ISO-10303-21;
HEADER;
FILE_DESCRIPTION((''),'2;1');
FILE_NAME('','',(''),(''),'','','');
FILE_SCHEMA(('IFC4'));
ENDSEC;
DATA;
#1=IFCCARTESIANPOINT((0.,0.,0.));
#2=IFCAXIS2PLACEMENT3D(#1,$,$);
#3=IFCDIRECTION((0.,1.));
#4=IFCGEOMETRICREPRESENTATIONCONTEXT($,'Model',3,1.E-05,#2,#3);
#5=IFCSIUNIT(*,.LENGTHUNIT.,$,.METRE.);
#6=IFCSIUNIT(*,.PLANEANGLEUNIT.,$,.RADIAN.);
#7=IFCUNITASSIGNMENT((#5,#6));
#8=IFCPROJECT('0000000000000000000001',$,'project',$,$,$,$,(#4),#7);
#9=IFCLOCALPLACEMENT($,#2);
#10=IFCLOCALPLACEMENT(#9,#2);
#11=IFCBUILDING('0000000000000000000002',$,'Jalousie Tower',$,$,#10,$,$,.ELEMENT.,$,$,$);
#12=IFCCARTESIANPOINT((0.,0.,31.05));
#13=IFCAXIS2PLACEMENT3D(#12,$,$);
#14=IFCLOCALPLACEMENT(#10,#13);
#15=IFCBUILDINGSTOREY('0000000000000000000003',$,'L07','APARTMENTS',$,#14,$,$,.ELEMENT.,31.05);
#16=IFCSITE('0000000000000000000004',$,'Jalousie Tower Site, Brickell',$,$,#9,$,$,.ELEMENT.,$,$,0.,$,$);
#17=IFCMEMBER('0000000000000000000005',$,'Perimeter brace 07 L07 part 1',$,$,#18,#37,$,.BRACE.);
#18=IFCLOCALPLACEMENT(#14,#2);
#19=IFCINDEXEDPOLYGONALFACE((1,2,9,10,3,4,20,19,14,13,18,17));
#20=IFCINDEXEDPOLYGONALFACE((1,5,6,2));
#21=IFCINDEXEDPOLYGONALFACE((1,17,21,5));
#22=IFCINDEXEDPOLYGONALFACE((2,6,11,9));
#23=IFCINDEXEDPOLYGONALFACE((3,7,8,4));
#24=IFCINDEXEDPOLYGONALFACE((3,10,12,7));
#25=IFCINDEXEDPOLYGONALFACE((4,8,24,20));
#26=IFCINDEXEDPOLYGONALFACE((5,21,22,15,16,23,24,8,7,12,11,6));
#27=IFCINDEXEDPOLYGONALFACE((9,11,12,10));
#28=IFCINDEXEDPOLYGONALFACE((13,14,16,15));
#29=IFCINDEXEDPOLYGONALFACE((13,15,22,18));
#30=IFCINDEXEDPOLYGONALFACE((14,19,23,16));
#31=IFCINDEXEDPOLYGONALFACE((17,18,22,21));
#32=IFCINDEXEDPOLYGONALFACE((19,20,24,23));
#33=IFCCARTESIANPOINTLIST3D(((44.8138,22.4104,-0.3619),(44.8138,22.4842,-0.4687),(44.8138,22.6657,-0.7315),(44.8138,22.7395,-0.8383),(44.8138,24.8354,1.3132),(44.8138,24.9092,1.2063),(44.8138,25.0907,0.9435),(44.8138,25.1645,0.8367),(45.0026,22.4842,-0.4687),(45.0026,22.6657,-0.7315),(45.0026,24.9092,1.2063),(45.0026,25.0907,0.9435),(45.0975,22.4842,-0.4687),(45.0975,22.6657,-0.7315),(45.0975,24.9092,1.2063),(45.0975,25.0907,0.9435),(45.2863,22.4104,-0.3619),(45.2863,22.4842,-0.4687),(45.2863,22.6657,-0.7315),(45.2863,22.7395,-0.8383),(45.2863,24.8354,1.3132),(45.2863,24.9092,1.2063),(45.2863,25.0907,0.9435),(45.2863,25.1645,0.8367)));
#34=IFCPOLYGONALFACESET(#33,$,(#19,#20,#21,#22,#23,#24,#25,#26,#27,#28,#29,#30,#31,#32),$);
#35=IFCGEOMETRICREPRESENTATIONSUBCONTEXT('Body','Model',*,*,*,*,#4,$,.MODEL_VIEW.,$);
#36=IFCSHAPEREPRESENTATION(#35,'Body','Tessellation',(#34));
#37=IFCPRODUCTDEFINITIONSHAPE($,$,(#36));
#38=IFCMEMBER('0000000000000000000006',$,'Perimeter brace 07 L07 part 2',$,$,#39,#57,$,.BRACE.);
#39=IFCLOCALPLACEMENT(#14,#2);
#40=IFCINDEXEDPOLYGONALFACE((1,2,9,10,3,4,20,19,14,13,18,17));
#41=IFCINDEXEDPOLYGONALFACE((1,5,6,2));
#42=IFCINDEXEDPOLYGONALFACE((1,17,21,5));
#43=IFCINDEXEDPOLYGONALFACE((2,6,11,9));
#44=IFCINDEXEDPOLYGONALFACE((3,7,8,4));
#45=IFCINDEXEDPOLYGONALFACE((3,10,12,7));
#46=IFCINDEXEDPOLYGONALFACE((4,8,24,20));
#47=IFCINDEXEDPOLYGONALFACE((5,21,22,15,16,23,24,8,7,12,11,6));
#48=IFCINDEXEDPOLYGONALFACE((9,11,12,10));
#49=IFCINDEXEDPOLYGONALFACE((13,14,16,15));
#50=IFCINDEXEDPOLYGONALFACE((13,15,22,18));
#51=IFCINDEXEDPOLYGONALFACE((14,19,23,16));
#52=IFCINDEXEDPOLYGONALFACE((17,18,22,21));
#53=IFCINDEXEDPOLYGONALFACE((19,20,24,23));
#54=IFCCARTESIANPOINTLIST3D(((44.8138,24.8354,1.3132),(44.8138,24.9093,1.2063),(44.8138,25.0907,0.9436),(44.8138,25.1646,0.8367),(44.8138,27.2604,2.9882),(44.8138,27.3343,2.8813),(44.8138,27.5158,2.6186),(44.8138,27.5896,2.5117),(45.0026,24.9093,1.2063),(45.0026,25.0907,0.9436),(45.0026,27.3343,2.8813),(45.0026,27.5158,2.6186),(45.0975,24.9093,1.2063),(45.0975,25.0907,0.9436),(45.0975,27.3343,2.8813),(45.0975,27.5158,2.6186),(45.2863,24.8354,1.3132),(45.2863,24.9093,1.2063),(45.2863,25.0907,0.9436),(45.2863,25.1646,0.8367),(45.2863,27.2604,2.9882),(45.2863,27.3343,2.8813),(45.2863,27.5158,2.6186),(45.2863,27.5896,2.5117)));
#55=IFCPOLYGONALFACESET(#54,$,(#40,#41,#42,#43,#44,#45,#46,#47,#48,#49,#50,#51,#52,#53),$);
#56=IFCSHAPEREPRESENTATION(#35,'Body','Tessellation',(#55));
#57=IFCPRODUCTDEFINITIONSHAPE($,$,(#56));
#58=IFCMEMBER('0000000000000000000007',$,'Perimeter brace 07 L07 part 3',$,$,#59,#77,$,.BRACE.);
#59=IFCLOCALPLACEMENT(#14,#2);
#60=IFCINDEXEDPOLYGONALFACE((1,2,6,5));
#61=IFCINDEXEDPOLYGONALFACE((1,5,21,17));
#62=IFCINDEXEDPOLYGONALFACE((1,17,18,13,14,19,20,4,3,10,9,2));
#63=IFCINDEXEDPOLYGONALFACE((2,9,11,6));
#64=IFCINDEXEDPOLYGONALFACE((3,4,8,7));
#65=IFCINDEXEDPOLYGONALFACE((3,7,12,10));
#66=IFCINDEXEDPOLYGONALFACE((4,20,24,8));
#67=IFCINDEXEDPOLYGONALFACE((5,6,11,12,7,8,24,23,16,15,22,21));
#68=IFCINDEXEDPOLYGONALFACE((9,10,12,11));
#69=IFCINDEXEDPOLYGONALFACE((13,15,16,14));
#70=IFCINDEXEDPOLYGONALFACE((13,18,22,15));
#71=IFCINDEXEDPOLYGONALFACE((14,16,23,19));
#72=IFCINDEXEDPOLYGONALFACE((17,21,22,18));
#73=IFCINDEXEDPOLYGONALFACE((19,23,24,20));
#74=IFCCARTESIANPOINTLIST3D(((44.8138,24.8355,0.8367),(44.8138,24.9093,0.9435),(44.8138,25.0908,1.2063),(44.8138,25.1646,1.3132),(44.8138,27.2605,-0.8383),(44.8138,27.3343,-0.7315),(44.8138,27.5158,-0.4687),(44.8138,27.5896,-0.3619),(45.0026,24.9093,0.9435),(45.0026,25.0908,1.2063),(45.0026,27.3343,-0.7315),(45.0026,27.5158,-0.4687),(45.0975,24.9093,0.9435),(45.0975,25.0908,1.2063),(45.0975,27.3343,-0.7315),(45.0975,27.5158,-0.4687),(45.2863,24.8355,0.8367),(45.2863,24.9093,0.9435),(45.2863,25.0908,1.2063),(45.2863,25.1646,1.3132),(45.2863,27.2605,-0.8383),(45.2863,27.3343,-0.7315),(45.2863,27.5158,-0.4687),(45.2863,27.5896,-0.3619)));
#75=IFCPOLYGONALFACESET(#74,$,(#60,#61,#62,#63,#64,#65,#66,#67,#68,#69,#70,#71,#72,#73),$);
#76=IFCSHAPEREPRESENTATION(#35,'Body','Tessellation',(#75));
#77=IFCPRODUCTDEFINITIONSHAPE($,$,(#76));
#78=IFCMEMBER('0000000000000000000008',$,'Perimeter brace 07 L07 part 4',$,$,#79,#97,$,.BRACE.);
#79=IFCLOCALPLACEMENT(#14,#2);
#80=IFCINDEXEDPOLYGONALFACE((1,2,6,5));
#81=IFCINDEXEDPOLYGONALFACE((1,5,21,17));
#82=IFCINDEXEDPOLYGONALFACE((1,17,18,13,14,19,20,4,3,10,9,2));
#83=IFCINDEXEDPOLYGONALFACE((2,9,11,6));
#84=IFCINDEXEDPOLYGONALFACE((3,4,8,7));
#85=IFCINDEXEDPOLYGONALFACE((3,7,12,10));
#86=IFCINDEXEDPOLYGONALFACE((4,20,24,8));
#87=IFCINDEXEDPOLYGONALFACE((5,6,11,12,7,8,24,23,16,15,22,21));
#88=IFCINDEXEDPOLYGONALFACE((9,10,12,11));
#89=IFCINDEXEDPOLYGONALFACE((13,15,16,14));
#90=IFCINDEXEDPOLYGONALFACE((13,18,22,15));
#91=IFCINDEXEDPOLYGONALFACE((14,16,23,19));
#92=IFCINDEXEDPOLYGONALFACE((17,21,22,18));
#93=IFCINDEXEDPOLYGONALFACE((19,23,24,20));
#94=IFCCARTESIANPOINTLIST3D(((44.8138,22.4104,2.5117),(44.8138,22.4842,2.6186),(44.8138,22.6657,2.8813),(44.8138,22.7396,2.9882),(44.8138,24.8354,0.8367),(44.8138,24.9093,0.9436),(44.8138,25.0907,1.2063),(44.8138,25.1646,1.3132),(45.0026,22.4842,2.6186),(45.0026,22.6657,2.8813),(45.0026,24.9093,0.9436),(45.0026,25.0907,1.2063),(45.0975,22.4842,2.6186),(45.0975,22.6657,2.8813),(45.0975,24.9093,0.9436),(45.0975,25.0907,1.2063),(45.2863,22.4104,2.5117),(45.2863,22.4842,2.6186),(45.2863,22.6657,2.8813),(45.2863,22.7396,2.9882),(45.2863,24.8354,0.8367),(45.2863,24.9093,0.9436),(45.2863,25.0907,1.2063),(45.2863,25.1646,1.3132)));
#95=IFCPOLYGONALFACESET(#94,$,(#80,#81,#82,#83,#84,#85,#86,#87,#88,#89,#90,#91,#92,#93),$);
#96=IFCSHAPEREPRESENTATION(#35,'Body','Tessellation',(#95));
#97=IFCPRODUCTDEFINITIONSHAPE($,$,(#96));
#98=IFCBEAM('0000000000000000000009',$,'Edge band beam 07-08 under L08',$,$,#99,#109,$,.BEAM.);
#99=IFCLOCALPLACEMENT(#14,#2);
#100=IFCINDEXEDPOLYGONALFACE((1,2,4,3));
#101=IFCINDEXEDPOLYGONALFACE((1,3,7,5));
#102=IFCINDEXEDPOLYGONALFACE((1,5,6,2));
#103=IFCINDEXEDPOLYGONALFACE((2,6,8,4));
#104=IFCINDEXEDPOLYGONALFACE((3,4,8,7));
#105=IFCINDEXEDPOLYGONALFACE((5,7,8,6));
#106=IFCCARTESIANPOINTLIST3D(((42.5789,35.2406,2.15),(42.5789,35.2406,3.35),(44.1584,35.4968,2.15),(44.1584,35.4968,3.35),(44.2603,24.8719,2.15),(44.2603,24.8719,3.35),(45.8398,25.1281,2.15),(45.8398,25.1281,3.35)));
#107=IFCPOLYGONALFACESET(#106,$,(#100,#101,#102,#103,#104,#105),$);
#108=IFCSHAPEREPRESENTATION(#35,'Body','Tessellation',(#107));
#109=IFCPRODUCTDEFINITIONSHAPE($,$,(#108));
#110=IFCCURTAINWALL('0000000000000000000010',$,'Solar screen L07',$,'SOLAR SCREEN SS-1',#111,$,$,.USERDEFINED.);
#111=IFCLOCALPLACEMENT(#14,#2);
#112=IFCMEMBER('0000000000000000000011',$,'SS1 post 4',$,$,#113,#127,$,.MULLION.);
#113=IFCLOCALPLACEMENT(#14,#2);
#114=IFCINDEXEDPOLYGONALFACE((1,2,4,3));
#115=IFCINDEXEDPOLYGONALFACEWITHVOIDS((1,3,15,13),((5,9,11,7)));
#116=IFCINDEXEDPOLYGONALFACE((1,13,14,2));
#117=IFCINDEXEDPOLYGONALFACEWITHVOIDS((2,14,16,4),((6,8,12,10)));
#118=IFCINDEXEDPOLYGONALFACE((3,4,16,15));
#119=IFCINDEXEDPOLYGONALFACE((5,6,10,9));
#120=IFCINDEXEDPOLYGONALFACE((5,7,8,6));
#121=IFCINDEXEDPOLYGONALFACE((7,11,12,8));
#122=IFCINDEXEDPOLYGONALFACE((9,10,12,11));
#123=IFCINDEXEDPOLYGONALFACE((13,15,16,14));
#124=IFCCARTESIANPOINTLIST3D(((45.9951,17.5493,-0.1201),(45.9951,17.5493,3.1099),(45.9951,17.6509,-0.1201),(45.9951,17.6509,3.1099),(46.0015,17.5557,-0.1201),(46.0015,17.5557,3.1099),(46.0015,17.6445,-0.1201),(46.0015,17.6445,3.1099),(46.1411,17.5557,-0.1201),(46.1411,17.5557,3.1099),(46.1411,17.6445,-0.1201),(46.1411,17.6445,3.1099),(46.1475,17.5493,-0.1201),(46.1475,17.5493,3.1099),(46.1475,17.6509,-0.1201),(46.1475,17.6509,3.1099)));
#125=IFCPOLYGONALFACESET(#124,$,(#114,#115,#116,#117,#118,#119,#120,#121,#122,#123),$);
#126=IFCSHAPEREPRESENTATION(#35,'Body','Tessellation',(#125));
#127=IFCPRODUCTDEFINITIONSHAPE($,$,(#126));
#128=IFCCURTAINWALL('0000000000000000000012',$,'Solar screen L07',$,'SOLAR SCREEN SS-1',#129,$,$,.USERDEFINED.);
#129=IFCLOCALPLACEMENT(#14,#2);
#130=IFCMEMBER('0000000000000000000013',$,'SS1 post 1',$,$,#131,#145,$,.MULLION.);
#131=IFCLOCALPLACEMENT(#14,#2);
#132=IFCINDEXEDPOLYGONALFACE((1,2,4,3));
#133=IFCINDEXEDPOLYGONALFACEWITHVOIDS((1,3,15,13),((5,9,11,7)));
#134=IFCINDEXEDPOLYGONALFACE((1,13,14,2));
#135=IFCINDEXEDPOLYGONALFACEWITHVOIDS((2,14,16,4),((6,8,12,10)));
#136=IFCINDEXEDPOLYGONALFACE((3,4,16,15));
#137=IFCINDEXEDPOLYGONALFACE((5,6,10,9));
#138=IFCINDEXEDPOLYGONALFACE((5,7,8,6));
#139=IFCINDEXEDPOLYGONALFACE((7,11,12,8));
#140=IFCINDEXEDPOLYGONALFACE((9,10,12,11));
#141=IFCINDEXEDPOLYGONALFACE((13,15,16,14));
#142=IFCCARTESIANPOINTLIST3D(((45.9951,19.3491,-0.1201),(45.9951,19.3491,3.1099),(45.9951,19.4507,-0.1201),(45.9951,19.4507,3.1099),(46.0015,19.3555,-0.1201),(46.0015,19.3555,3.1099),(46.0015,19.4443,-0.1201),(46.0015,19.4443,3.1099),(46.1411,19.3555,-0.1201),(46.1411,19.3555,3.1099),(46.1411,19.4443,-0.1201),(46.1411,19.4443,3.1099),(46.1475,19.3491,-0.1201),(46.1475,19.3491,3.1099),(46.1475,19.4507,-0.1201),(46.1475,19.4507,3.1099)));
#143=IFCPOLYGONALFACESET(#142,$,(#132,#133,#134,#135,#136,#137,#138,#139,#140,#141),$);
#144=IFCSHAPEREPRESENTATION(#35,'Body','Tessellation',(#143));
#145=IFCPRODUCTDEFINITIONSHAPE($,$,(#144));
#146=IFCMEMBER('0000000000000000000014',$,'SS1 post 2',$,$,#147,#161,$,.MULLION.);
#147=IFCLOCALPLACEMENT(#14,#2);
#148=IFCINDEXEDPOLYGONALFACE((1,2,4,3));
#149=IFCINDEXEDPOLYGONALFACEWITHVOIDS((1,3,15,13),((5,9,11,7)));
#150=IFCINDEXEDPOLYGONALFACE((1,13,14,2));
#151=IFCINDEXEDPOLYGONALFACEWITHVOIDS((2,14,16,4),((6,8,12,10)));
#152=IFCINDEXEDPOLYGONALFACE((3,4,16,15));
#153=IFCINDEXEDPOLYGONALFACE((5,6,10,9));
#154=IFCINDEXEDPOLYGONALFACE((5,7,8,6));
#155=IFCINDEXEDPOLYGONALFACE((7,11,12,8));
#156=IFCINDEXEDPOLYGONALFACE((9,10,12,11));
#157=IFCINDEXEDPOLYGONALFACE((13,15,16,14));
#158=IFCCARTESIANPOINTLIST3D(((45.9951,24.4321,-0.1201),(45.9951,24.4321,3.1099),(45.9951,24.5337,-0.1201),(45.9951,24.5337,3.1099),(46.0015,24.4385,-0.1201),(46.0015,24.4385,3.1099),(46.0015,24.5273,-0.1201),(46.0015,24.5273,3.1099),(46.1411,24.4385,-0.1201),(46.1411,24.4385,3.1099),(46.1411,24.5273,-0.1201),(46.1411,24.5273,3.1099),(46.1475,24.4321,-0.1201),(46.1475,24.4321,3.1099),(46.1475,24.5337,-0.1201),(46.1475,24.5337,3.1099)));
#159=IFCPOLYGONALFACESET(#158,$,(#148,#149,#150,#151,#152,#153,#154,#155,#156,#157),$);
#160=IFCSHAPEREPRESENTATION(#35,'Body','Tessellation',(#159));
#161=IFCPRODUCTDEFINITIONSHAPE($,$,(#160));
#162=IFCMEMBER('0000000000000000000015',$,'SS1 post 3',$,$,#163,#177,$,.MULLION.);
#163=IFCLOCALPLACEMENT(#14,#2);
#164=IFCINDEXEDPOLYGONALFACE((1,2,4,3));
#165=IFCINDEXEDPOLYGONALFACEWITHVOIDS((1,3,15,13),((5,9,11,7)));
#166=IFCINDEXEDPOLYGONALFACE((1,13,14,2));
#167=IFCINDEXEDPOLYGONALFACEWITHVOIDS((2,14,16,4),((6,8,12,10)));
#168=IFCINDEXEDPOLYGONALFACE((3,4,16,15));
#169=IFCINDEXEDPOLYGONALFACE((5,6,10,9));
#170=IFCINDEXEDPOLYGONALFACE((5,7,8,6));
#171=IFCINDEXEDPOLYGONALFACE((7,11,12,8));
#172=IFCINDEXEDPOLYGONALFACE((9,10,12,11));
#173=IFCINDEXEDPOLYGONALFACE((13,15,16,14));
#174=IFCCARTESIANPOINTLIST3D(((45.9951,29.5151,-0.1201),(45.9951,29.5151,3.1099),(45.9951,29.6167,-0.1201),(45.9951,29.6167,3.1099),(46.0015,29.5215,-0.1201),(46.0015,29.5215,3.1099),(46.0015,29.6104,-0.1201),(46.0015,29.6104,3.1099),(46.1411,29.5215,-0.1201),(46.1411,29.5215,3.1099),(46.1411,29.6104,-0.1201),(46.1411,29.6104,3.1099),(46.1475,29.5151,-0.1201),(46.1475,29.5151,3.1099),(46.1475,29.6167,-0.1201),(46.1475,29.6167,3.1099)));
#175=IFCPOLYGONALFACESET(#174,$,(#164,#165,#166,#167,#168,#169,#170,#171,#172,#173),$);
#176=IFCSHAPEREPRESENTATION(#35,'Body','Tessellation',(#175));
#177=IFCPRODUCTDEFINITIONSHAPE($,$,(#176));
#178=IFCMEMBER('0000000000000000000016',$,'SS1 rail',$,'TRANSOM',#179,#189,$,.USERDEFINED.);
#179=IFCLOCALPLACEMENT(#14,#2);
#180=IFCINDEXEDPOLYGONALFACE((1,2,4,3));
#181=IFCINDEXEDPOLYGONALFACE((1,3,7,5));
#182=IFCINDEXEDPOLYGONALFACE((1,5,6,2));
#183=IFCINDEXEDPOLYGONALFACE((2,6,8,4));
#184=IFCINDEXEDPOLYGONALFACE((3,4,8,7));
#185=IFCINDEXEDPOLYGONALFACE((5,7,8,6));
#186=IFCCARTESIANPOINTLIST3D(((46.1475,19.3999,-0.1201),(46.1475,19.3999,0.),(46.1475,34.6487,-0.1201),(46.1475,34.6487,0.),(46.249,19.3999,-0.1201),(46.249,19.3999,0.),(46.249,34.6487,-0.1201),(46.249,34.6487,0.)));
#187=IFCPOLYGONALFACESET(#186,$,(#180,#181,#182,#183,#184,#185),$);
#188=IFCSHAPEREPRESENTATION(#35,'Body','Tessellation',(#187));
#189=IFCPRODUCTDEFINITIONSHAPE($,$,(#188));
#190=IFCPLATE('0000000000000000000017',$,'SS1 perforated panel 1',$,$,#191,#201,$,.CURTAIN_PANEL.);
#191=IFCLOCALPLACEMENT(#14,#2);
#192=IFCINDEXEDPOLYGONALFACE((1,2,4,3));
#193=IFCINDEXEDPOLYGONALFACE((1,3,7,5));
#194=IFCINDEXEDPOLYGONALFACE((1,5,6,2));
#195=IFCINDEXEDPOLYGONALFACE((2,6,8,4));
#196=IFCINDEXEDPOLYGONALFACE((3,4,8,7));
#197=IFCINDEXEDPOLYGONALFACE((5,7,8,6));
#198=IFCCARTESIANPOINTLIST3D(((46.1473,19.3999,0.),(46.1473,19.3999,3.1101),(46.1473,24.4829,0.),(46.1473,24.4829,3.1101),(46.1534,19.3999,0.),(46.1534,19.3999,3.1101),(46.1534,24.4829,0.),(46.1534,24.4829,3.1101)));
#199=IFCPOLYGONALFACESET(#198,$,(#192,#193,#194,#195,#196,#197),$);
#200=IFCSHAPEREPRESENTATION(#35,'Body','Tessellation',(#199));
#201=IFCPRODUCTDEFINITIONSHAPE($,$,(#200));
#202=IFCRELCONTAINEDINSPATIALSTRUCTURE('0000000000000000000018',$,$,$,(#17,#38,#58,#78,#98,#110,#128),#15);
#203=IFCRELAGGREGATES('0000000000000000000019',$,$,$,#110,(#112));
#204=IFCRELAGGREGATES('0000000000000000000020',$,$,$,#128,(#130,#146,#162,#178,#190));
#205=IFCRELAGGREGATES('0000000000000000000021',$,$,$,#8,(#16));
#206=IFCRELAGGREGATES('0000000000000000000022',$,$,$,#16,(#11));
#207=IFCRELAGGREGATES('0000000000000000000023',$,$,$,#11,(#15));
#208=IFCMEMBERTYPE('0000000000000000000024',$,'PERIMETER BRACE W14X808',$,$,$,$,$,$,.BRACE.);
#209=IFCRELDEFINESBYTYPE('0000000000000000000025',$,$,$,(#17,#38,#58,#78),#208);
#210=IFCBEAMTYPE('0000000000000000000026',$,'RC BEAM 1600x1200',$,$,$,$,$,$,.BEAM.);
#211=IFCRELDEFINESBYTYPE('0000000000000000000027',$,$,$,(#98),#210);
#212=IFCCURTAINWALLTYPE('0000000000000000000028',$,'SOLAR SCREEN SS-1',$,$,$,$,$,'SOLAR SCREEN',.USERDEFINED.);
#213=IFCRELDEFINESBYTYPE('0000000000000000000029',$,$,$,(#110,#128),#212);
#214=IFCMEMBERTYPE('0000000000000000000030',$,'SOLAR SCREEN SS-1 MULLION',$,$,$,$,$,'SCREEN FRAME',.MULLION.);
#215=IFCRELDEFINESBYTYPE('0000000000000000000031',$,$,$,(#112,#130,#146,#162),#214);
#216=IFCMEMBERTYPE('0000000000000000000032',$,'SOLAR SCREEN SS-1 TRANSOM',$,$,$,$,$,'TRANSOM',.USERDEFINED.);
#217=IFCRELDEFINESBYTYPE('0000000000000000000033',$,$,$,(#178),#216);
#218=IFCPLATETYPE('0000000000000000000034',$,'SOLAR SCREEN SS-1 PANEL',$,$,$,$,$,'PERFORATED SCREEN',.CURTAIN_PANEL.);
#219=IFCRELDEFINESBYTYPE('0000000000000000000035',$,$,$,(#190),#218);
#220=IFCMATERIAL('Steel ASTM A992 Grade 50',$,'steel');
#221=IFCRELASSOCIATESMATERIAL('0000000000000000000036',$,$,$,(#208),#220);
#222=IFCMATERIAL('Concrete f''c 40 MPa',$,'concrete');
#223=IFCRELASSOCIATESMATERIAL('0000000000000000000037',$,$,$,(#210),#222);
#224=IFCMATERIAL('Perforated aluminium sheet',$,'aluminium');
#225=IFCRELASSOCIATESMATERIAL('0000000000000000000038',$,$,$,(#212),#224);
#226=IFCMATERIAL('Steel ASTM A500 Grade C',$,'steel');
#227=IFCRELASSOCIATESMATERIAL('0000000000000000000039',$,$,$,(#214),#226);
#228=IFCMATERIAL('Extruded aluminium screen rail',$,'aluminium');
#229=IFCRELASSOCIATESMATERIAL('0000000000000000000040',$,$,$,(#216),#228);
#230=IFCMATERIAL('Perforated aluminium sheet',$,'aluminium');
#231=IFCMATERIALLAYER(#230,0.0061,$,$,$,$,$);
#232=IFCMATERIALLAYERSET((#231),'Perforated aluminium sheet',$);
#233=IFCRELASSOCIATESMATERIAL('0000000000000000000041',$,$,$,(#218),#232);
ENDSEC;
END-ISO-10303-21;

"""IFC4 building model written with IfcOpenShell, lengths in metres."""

from ifc_helpers import new_model, si_unit, direction, frame, origin, origin_2d, place, context, subcontext, project, spatial, rectangle, hollow_rectangle, i_section, extrude, material, layer, layer_set, material_profile, profile_set, type_object, element, aggregate, save


model = new_model("IFC4")

# Units and contexts
model_context = context("Model", 3, precision=1e-05, world=origin(), true_north=direction((0.0, 1.0)))
body_context = subcontext(model_context, "Body", "Model", "MODEL_VIEW")
ifc_project = project(units=[si_unit("LENGTHUNIT", "METRE"), si_unit("PLANEANGLEUNIT", "RADIAN")], contexts=[model_context])

# Site, building, storey
site_placement = place(None, origin())
site = spatial("IfcSite", under=ifc_project, at=site_placement, Name="Jalousie Tower Site, Brickell", CompositionType="ELEMENT", RefElevation=0.0)
building_placement = place(site_placement, origin())
building = spatial("IfcBuilding", under=site, at=building_placement, Name="Jalousie Tower", CompositionType="ELEMENT")
storey_placement = place(building_placement, frame((0.0, 0.0, 31.05)))
storey = spatial("IfcBuildingStorey", under=building, at=storey_placement, Name="L07", Description="APARTMENTS", CompositionType="ELEMENT", Elevation=31.05)

# Members
ifc_material_1 = material(Name="Steel ASTM A992 Grade 50", Category="steel")
ifc_material_profile_1 = material_profile(ifc_material_1, i_section(OverallWidth=0.4724, OverallDepth=0.5791, WebThickness=0.095, FlangeThickness=0.1299, at=origin_2d()), Name="W14X808")
ifc_profile_set_1 = profile_set([ifc_material_profile_1], Name="Steel ASTM A992 Grade 50")
member_type_1 = type_object("IfcMemberType", Name="PERIMETER BRACE W14X808", PredefinedType="BRACE", material=ifc_profile_set_1)
for number, where, z_axis, x_axis, name in (
    (1, (45.05, 22.575, -0.6001), (0.0, 0.8228, 0.568331), (-1.0, 0.0, 0.0), "Perimeter brace 07 L07 part 1"),
    (2, (45.05, 25.0, 1.075), (0.0, 0.8228, 0.568331), (-1.0, 0.0, 0.0), "Perimeter brace 07 L07 part 2"),
    (3, (45.05, 27.425, -0.6001), (0.0, -0.8228, 0.568331), (1.0, 0.0, 0.0), "Perimeter brace 07 L07 part 3"),
    (4, (45.05, 25.0, 1.075), (0.0, -0.8228, 0.568331), (1.0, 0.0, 0.0), "Perimeter brace 07 L07 part 4"),
):
    element("IfcMember", number, at=place(storey_placement, frame(where, z_axis=z_axis, x_axis=x_axis)), inside=storey, type_object=member_type_1, Name=name, PredefinedType="BRACE", context=body_context, shape_type="SweptSolid", body=[
        extrude(i_section(OverallWidth=0.4724, OverallDepth=0.5791, WebThickness=0.095, FlangeThickness=0.1299, at=origin_2d()), origin(), (0.0, 0.0, 1.0), 2.9473),
    ])

# Beam
ifc_material_2 = material(Name="Concrete f'c 40 MPa", Category="concrete")
ifc_material_profile_2 = material_profile(ifc_material_2, rectangle(XDim=1.6001, YDim=1.2, at=origin_2d()), Name="RC 1600x1200")
ifc_profile_set_2 = profile_set([ifc_material_profile_2], Name="Concrete f'c 40 MPa")
beam_type = type_object("IfcBeamType", Name="RC BEAM 1600x1200", PredefinedType="BEAM", material=ifc_profile_set_2)
beam_placement = place(storey_placement, frame((45.05, 25.0, 2.75), z_axis=(-0.160071, 0.987106, 0.0), x_axis=(-0.987106, -0.160071, 0.0)))
element("IfcBeam", 5, at=beam_placement, inside=storey, type_object=beam_type, Name="Edge band beam 07-08 under L08", PredefinedType="BEAM", context=body_context, shape_type="SweptSolid", body=[
    extrude(rectangle(XDim=1.6001, YDim=1.2, at=origin_2d()), origin(), (0.0, 0.0, 1.0), 10.5042),
])

# Curtain wall, member
ifc_material_3 = material(Name="Perforated aluminium sheet", Category="aluminium")
curtain_wall_type = type_object("IfcCurtainWallType", Name="SOLAR SCREEN SS-1", ElementType="SOLAR SCREEN", PredefinedType="USERDEFINED", material=ifc_material_3)
curtain_wall_1_placement = place(storey_placement, origin())
curtain_wall_1 = element("IfcCurtainWall", 6, at=curtain_wall_1_placement, inside=storey, type_object=curtain_wall_type, Name="Solar screen L07", ObjectType="SOLAR SCREEN SS-1", PredefinedType="USERDEFINED")
ifc_material_4 = material(Name="Steel ASTM A500 Grade C", Category="steel")
ifc_material_profile_3 = material_profile(ifc_material_4, hollow_rectangle(XDim=0.1016, YDim=0.1523, WallThickness=0.0063, at=origin_2d()), Name="HSS6X4X1/4")
ifc_profile_set_3 = profile_set([ifc_material_profile_3], Name="Steel ASTM A500 Grade C")
member_type_2 = type_object("IfcMemberType", Name="SOLAR SCREEN SS-1 MULLION", ElementType="SCREEN FRAME", PredefinedType="MULLION", material=ifc_profile_set_3)
member_1_placement = place(storey_placement, frame((46.0713, 17.6001, -0.1201), z_axis=(0.0, 0.0, 1.0), x_axis=(0.0, 1.0, 0.0)))
member_1 = element("IfcMember", 7, at=member_1_placement, type_object=member_type_2, Name="SS1 post 4", PredefinedType="MULLION", context=body_context, shape_type="SweptSolid", body=[
    extrude(hollow_rectangle(XDim=0.1016, YDim=0.1523, WallThickness=0.0063, at=origin_2d()), origin(), (0.0, 0.0, 1.0), 3.23),
])
aggregate(curtain_wall_1, [member_1])

# Curtain wall, members, plate
curtain_wall_2_placement = place(storey_placement, origin())
curtain_wall_2 = element("IfcCurtainWall", 8, at=curtain_wall_2_placement, inside=storey, type_object=curtain_wall_type, Name="Solar screen L07", ObjectType="SOLAR SCREEN SS-1", PredefinedType="USERDEFINED")
member_2_placement = place(storey_placement, frame((46.0713, 19.3999, -0.1201), z_axis=(0.0, 0.0, 1.0), x_axis=(0.0, 1.0, 0.0)))
member_2 = element("IfcMember", 9, at=member_2_placement, type_object=member_type_2, Name="SS1 post 1", PredefinedType="MULLION", context=body_context, shape_type="SweptSolid", body=[
    extrude(hollow_rectangle(XDim=0.1016, YDim=0.1523, WallThickness=0.0063, at=origin_2d()), origin(), (0.0, 0.0, 1.0), 3.23),
])
member_3_placement = place(storey_placement, frame((46.0713, 24.4829, -0.1201), z_axis=(0.0, 0.0, 1.0), x_axis=(0.0, 1.0, 0.0)))
member_3 = element("IfcMember", 10, at=member_3_placement, type_object=member_type_2, Name="SS1 post 2", PredefinedType="MULLION", context=body_context, shape_type="SweptSolid", body=[
    extrude(hollow_rectangle(XDim=0.1016, YDim=0.1523, WallThickness=0.0063, at=origin_2d()), origin(), (0.0, 0.0, 1.0), 3.23),
])
member_4_placement = place(storey_placement, frame((46.0713, 29.5659, -0.1201), z_axis=(0.0, 0.0, 1.0), x_axis=(0.0, 1.0, 0.0)))
member_4 = element("IfcMember", 11, at=member_4_placement, type_object=member_type_2, Name="SS1 post 3", PredefinedType="MULLION", context=body_context, shape_type="SweptSolid", body=[
    extrude(hollow_rectangle(XDim=0.1016, YDim=0.1523, WallThickness=0.0063, at=origin_2d()), origin(), (0.0, 0.0, 1.0), 3.23),
])
ifc_material_5 = material(Name="Extruded aluminium screen rail", Category="aluminium")
ifc_material_profile_4 = material_profile(ifc_material_5, rectangle(XDim=0.1016, YDim=0.1201, at=origin_2d()), Name="RAIL 102x120")
ifc_profile_set_4 = profile_set([ifc_material_profile_4], Name="Extruded aluminium screen rail")
member_type_3 = type_object("IfcMemberType", Name="SOLAR SCREEN SS-1 TRANSOM", ElementType="TRANSOM", PredefinedType="USERDEFINED", material=ifc_profile_set_4)
member_5_placement = place(storey_placement, frame((46.1982, 19.3999, -0.0601), z_axis=(0.0, 1.0, 0.0), x_axis=(-1.0, 0.0, 0.0)))
member_5 = element("IfcMember", 12, at=member_5_placement, type_object=member_type_3, Name="SS1 rail", ObjectType="TRANSOM", PredefinedType="USERDEFINED", context=body_context, shape_type="SweptSolid", body=[
    extrude(rectangle(XDim=0.1016, YDim=0.1201, at=origin_2d()), origin(), (0.0, 0.0, 1.0), 15.2488),
])
ifc_material_6 = material(Name="Perforated aluminium sheet", Category="aluminium")
ifc_layer_1 = layer(ifc_material_6, 0.0061)
ifc_layer_set_1 = layer_set([ifc_layer_1], Name="Perforated aluminium sheet")
plate_type = type_object("IfcPlateType", Name="SOLAR SCREEN SS-1 PANEL", ElementType="PERFORATED SCREEN", PredefinedType="CURTAIN_PANEL", material=ifc_layer_set_1)
plate_1_placement = place(storey_placement, frame((46.1504, 21.9414, 0.0), z_axis=(0.0, 0.0, 1.0), x_axis=(0.0, 1.0, 0.0)))
plate_1 = element("IfcPlate", 13, at=plate_1_placement, type_object=plate_type, Name="SS1 perforated panel 1", PredefinedType="CURTAIN_PANEL", context=body_context, shape_type="SweptSolid", body=[
    extrude(rectangle(XDim=5.083, YDim=0.0061, at=origin_2d()), origin(), (0.0, 0.0, 1.0), 3.1101),
])
aggregate(curtain_wall_2, [member_2, member_3, member_4, member_5, plate_1])

save(model, "model.ifc")
